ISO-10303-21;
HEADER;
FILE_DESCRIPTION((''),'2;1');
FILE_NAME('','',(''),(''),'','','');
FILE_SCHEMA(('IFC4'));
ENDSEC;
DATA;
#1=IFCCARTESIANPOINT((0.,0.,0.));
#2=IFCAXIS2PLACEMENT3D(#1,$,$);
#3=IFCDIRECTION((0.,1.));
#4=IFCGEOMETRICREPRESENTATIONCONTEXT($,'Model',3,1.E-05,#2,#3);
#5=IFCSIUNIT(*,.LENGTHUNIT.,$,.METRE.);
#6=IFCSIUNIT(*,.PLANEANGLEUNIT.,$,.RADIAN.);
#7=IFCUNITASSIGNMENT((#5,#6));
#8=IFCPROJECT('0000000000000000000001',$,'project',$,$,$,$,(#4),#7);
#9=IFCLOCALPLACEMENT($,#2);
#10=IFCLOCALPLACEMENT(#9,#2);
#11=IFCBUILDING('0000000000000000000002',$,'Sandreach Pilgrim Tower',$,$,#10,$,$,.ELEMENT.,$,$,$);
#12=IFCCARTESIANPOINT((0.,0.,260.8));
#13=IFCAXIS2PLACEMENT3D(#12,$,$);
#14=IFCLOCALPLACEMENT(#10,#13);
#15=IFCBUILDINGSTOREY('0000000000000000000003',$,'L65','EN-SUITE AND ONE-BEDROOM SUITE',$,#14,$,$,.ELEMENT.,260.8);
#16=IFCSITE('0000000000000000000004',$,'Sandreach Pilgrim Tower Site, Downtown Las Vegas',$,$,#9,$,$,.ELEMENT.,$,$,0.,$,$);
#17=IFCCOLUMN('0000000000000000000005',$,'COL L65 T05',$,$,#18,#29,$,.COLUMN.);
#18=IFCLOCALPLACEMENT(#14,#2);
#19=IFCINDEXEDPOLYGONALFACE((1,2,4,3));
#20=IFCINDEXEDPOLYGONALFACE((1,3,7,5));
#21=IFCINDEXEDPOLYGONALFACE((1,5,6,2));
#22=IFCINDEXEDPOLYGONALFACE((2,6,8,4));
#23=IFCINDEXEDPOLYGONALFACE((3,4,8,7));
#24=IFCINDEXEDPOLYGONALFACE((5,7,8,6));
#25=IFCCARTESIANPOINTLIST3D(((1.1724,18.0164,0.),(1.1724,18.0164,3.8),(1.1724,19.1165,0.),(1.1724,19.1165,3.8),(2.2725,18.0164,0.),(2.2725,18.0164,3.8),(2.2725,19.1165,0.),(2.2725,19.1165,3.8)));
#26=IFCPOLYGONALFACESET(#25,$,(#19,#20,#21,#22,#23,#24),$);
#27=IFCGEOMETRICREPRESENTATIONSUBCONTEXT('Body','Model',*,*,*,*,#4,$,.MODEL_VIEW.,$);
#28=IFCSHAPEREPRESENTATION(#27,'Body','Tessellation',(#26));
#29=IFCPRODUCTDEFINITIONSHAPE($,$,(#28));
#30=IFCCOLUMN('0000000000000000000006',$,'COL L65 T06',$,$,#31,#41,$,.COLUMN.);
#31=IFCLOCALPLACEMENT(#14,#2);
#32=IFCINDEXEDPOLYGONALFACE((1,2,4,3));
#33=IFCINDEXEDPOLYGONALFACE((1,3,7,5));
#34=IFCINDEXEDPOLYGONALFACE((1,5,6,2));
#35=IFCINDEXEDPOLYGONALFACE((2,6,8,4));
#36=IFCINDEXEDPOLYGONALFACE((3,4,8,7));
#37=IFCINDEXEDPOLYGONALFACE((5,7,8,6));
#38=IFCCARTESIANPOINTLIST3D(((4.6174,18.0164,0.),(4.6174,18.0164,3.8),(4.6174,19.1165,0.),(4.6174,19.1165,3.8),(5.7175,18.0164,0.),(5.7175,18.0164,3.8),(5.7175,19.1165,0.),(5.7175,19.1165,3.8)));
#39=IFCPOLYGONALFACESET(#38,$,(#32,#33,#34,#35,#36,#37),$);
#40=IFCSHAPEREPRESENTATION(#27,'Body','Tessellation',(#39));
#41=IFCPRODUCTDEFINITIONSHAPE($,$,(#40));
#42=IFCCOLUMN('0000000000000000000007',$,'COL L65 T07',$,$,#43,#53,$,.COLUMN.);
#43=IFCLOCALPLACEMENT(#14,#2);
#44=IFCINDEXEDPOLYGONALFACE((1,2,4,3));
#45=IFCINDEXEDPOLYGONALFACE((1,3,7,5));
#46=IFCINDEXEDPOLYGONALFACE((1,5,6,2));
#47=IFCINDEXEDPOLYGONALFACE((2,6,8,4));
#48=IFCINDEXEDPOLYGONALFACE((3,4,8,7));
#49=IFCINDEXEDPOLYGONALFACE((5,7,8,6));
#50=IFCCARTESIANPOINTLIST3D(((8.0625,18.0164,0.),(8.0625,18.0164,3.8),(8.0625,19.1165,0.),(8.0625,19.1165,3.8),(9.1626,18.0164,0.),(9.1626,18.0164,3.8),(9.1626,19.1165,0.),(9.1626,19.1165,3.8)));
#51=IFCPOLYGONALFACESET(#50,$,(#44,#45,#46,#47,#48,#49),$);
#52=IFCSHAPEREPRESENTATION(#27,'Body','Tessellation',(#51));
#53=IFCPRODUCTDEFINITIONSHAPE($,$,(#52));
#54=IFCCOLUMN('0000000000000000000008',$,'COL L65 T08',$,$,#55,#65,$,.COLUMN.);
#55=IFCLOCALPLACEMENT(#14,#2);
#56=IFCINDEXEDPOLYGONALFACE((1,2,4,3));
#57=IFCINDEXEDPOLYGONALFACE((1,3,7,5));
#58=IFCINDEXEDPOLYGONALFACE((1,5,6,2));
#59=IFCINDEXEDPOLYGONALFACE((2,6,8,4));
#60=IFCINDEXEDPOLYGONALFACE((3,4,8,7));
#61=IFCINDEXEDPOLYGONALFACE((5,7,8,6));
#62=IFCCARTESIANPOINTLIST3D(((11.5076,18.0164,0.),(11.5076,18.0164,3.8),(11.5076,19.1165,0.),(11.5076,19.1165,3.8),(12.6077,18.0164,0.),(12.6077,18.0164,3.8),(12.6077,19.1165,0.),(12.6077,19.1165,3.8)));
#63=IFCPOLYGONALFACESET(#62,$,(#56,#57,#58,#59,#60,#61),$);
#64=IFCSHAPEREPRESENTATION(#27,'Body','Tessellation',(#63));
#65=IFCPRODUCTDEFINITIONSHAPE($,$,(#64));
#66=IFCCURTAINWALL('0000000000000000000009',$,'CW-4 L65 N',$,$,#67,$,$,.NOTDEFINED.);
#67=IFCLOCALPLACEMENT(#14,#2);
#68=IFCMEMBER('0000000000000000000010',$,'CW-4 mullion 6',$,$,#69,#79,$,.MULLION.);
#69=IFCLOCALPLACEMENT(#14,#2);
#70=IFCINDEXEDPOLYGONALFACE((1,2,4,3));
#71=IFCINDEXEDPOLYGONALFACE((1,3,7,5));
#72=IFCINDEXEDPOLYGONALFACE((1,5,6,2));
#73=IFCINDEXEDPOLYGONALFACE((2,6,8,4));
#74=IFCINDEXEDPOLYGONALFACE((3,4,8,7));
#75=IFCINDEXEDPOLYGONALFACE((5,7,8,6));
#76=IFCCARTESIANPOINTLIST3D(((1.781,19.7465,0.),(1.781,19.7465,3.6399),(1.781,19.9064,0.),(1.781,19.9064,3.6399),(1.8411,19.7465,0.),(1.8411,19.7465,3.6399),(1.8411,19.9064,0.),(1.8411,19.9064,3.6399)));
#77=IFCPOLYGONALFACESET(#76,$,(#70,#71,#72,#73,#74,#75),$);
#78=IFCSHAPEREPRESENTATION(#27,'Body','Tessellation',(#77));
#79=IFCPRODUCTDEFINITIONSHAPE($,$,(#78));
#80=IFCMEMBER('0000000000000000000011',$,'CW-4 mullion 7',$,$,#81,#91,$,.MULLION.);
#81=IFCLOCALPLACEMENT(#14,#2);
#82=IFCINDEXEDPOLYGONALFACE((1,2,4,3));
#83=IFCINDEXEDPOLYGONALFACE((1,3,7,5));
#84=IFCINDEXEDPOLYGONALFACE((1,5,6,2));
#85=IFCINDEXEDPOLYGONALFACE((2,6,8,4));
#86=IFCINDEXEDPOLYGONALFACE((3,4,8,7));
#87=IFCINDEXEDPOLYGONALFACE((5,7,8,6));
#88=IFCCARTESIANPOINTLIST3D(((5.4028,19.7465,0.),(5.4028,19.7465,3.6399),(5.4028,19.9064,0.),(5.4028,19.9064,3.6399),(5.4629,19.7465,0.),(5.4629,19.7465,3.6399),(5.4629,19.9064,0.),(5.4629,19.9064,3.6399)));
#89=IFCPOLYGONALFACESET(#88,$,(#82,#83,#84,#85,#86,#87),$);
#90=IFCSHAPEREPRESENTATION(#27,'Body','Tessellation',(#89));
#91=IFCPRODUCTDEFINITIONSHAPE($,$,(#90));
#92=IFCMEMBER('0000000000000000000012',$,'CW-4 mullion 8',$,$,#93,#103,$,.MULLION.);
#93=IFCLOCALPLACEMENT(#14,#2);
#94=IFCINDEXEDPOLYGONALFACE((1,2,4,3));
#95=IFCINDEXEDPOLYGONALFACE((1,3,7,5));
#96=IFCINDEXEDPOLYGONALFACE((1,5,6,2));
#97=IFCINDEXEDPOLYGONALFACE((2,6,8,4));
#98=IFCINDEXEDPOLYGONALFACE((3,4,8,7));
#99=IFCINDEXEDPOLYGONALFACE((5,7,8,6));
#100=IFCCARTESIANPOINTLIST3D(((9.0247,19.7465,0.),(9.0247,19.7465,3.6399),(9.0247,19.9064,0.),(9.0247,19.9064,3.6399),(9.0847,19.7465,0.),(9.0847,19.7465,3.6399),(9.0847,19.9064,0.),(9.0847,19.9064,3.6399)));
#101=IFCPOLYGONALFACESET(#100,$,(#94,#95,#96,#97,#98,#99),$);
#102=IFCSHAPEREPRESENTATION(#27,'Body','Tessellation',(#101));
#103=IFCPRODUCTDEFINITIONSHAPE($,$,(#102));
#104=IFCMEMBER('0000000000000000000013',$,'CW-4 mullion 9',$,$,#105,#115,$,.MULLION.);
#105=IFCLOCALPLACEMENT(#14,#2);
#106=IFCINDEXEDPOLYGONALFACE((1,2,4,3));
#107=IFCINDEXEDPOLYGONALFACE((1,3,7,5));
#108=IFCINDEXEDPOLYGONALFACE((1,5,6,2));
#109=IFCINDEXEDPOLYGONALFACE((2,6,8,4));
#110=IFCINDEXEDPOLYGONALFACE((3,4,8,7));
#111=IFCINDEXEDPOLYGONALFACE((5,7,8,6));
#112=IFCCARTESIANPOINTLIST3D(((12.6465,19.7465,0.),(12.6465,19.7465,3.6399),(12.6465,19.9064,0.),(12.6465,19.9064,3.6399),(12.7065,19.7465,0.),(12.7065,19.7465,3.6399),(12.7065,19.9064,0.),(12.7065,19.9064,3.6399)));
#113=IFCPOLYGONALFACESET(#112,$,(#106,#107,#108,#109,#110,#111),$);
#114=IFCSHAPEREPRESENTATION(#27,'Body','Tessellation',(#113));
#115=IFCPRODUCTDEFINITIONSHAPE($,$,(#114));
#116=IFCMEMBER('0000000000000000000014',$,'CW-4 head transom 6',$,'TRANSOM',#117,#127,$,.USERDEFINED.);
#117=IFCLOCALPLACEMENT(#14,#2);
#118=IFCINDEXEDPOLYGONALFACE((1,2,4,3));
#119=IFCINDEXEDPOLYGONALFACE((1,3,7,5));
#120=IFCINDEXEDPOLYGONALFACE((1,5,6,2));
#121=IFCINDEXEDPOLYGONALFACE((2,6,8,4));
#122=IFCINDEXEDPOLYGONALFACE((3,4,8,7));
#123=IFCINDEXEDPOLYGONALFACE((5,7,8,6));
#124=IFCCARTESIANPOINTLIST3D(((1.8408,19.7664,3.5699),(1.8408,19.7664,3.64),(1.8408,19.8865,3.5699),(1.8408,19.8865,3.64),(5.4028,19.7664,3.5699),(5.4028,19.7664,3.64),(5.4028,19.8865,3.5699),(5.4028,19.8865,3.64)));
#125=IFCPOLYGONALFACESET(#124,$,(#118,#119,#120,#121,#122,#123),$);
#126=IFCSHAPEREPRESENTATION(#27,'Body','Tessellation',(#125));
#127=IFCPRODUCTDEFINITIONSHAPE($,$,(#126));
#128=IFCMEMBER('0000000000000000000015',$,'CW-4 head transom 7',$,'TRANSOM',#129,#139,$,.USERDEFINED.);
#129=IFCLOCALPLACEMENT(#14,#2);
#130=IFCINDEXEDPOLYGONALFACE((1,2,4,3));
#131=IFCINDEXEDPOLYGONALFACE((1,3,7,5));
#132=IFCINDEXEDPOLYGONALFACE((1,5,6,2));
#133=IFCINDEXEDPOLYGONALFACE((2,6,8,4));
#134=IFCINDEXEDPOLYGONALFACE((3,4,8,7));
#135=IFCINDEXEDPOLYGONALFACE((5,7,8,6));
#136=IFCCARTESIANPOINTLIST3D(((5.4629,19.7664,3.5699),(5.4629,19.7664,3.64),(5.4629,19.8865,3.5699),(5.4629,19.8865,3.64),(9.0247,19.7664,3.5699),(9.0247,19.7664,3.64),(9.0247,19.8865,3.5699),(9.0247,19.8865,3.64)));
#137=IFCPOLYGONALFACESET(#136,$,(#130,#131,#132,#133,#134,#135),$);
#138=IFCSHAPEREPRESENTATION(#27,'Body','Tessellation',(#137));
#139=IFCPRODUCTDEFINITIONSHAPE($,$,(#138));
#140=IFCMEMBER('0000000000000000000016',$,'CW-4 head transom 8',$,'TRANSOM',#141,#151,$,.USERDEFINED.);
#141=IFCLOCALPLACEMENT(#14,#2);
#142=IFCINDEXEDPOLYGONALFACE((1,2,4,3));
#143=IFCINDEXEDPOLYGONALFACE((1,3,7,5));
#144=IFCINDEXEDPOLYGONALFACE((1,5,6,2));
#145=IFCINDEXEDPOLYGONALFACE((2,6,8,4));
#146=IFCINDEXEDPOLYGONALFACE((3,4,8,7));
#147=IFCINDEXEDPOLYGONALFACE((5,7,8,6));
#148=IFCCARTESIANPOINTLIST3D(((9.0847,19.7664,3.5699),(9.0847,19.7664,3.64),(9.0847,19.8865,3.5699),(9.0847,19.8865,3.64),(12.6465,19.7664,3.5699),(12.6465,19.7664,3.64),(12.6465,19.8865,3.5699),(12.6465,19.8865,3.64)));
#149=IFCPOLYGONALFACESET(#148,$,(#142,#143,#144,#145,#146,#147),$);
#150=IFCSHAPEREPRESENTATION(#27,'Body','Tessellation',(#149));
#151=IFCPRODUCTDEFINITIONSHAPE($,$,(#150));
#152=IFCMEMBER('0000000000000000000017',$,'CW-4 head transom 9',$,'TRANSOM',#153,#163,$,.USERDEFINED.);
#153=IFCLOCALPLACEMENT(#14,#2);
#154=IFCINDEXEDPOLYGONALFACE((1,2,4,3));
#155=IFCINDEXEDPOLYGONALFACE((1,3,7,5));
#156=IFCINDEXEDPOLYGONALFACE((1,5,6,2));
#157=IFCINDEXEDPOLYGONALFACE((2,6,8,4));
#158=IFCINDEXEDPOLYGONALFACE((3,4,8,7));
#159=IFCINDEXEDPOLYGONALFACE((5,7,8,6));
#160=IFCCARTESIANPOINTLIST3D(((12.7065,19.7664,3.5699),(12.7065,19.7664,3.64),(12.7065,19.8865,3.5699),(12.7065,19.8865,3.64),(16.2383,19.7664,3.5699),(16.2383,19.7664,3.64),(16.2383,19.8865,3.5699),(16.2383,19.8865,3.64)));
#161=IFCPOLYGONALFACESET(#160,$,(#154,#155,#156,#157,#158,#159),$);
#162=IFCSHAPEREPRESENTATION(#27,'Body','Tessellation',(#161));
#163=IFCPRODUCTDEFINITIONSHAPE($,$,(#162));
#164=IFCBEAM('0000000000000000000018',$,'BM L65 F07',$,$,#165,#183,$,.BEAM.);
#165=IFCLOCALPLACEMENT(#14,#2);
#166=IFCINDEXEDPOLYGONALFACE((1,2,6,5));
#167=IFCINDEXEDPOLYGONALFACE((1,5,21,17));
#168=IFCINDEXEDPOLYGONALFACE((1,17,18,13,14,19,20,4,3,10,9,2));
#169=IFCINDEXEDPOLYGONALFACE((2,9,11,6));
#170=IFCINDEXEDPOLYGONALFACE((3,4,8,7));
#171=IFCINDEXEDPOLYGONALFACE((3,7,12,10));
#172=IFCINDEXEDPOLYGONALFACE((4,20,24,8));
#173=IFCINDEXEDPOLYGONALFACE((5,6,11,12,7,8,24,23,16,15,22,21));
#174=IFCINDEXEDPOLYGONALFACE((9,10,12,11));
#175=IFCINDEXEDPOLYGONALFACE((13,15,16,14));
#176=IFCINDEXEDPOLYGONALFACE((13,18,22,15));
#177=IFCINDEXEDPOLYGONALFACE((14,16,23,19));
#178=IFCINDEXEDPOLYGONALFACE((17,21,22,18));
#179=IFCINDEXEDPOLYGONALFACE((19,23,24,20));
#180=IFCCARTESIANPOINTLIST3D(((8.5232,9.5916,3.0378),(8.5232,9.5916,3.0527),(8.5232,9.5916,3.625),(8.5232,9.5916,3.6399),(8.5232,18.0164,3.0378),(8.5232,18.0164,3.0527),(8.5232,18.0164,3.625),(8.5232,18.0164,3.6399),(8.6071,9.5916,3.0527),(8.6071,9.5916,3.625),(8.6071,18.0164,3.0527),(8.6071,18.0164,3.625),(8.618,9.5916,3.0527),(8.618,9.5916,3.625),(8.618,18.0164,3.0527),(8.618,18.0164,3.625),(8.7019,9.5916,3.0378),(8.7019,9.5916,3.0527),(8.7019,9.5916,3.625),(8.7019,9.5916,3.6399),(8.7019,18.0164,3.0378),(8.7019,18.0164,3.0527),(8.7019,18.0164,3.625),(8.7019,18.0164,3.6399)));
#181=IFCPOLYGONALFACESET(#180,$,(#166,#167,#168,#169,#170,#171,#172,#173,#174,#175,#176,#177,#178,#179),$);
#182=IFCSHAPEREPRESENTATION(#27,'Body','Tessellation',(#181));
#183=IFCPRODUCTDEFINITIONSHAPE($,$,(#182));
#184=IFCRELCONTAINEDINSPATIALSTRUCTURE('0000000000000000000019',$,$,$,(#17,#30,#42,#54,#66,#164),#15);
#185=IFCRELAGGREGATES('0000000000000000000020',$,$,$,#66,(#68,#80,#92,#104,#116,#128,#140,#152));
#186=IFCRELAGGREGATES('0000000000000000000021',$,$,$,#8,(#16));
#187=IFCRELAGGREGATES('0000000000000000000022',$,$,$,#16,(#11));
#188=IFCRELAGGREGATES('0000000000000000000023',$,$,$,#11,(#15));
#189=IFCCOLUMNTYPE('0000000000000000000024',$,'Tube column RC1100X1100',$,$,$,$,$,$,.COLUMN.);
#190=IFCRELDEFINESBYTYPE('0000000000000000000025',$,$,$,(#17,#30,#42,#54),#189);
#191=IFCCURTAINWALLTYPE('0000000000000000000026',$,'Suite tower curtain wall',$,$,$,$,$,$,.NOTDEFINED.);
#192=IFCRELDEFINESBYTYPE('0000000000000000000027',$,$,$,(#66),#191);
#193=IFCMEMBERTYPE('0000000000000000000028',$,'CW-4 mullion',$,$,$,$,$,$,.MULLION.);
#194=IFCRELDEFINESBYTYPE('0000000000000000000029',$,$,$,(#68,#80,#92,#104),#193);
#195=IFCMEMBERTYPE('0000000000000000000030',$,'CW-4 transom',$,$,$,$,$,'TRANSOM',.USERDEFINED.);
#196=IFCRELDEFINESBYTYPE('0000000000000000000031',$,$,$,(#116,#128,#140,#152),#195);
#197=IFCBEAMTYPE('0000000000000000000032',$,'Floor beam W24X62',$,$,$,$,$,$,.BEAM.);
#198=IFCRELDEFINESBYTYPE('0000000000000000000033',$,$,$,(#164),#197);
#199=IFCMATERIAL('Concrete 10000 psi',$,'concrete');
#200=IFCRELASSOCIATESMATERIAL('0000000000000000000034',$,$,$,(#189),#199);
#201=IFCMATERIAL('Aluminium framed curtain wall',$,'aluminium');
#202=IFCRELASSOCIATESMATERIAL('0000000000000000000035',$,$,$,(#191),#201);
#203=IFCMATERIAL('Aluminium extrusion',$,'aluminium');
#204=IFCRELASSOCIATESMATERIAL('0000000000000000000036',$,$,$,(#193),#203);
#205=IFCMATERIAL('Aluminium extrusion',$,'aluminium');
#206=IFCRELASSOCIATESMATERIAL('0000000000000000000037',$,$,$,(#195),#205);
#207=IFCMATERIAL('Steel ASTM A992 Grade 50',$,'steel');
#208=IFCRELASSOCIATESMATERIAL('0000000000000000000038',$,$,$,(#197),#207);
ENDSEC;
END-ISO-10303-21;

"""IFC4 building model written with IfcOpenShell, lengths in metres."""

from ifc_helpers import new_model, si_unit, direction, frame, origin, origin_2d, place, context, subcontext, project, spatial, rectangle, i_section, extrude, material, material_profile, profile_set, type_object, element, aggregate, save


model = new_model("IFC4")

# Units and contexts
model_context = context("Model", 3, precision=1e-05, world=origin(), true_north=direction((0.0, 1.0)))
body_context = subcontext(model_context, "Body", "Model", "MODEL_VIEW")
ifc_project = project(units=[si_unit("LENGTHUNIT", "METRE"), si_unit("PLANEANGLEUNIT", "RADIAN")], contexts=[model_context])

# Site, building, storey
site_placement = place(None, origin())
site = spatial("IfcSite", under=ifc_project, at=site_placement, Name="Sandreach Pilgrim Tower Site, Downtown Las Vegas", CompositionType="ELEMENT", RefElevation=0.0)
building_placement = place(site_placement, origin())
building = spatial("IfcBuilding", under=site, at=building_placement, Name="Sandreach Pilgrim Tower", CompositionType="ELEMENT")
storey_placement = place(building_placement, frame((0.0, 0.0, 260.8)))
storey = spatial("IfcBuildingStorey", under=building, at=storey_placement, Name="L65", Description="EN-SUITE AND ONE-BEDROOM SUITE", CompositionType="ELEMENT", Elevation=260.8)

# Columns
ifc_material_1 = material(Name="Concrete 10000 psi", Category="concrete")
ifc_material_profile_1 = material_profile(ifc_material_1, rectangle(XDim=1.1001, YDim=1.1001, at=origin_2d()), Name="RC1100X1100")
ifc_profile_set_1 = profile_set([ifc_material_profile_1], Name="Concrete 10000 psi")
column_type = type_object("IfcColumnType", Name="Tube column RC1100X1100", PredefinedType="COLUMN", material=ifc_profile_set_1)
for number, where, z_axis, x_axis, name in (
    (1, (1.7224, 18.5664, 0.0), (0.0, 0.0, 1.0), (0.0, 1.0, 0.0), "COL L65 T05"),
    (2, (5.1675, 18.5664, 0.0), (0.0, 0.0, 1.0), (0.0, 1.0, 0.0), "COL L65 T06"),
    (3, (8.6125, 18.5664, 0.0), (0.0, 0.0, 1.0), (0.0, 1.0, 0.0), "COL L65 T07"),
    (4, (12.0576, 18.5664, 0.0), (0.0, 0.0, 1.0), (0.0, 1.0, 0.0), "COL L65 T08"),
):
    element("IfcColumn", number, at=place(storey_placement, frame(where, z_axis=z_axis, x_axis=x_axis)), inside=storey, type_object=column_type, Name=name, PredefinedType="COLUMN", context=body_context, shape_type="SweptSolid", body=[
        extrude(rectangle(XDim=1.1001, YDim=1.1001, at=origin_2d()), origin(), (0.0, 0.0, 1.0), 3.8),
    ])

# Curtain wall, members
ifc_material_2 = material(Name="Aluminium framed curtain wall", Category="aluminium")
curtain_wall_type = type_object("IfcCurtainWallType", Name="Suite tower curtain wall", PredefinedType="NOTDEFINED", material=ifc_material_2)
curtain_wall_placement = place(storey_placement, origin())
curtain_wall = element("IfcCurtainWall", 5, at=curtain_wall_placement, inside=storey, type_object=curtain_wall_type, Name="CW-4 L65 N", PredefinedType="NOTDEFINED")
ifc_material_3 = material(Name="Aluminium extrusion", Category="aluminium")
ifc_material_profile_2 = material_profile(ifc_material_3, rectangle(XDim=0.0601, YDim=0.1599, at=origin_2d()), Name="CW-4M 60X160")
ifc_profile_set_2 = profile_set([ifc_material_profile_2], Name="Aluminium extrusion")
member_type_1 = type_object("IfcMemberType", Name="CW-4 mullion", PredefinedType="MULLION", material=ifc_profile_set_2)
member_1_placement = place(storey_placement, frame((1.811, 19.8264, 0.0), z_axis=(0.0, 0.0, 1.0), x_axis=(1.0, 0.0, 0.0)))
member_1 = element("IfcMember", 6, at=member_1_placement, type_object=member_type_1, Name="CW-4 mullion 6", PredefinedType="MULLION", context=body_context, shape_type="SweptSolid", body=[
    extrude(rectangle(XDim=0.0601, YDim=0.1599, at=origin_2d()), origin(), (0.0, 0.0, 1.0), 3.6399),
])
member_2_placement = place(storey_placement, frame((5.4329, 19.8264, 0.0), z_axis=(0.0, 0.0, 1.0), x_axis=(1.0, 0.0, 0.0)))
member_2 = element("IfcMember", 7, at=member_2_placement, type_object=member_type_1, Name="CW-4 mullion 7", PredefinedType="MULLION", context=body_context, shape_type="SweptSolid", body=[
    extrude(rectangle(XDim=0.0601, YDim=0.1599, at=origin_2d()), origin(), (0.0, 0.0, 1.0), 3.6399),
])
member_3_placement = place(storey_placement, frame((9.0547, 19.8264, 0.0), z_axis=(0.0, 0.0, 1.0), x_axis=(1.0, 0.0, 0.0)))
member_3 = element("IfcMember", 8, at=member_3_placement, type_object=member_type_1, Name="CW-4 mullion 8", PredefinedType="MULLION", context=body_context, shape_type="SweptSolid", body=[
    extrude(rectangle(XDim=0.0601, YDim=0.1599, at=origin_2d()), origin(), (0.0, 0.0, 1.0), 3.6399),
])
member_4_placement = place(storey_placement, frame((12.6765, 19.8264, 0.0), z_axis=(0.0, 0.0, 1.0), x_axis=(1.0, 0.0, 0.0)))
member_4 = element("IfcMember", 9, at=member_4_placement, type_object=member_type_1, Name="CW-4 mullion 9", PredefinedType="MULLION", context=body_context, shape_type="SweptSolid", body=[
    extrude(rectangle(XDim=0.0601, YDim=0.1599, at=origin_2d()), origin(), (0.0, 0.0, 1.0), 3.6399),
])
ifc_material_4 = material(Name="Aluminium extrusion", Category="aluminium")
ifc_material_profile_3 = material_profile(ifc_material_4, rectangle(XDim=0.1201, YDim=0.0701, at=origin_2d()), Name="CW-4T 120X70")
ifc_profile_set_3 = profile_set([ifc_material_profile_3], Name="Aluminium extrusion")
member_type_2 = type_object("IfcMemberType", Name="CW-4 transom", ElementType="TRANSOM", PredefinedType="USERDEFINED", material=ifc_profile_set_3)
member_5_placement = place(storey_placement, frame((1.8408, 19.8264, 3.605), z_axis=(1.0, 0.0, 0.0), x_axis=(0.0, 1.0, 0.0)))
member_5 = element("IfcMember", 10, at=member_5_placement, type_object=member_type_2, Name="CW-4 head transom 6", ObjectType="TRANSOM", PredefinedType="USERDEFINED", context=body_context, shape_type="SweptSolid", body=[
    extrude(rectangle(XDim=0.1201, YDim=0.0701, at=origin_2d()), origin(), (0.0, 0.0, 1.0), 3.562),
])
member_6_placement = place(storey_placement, frame((5.4629, 19.8264, 3.605), z_axis=(1.0, 0.0, 0.0), x_axis=(0.0, 1.0, 0.0)))
member_6 = element("IfcMember", 11, at=member_6_placement, type_object=member_type_2, Name="CW-4 head transom 7", ObjectType="TRANSOM", PredefinedType="USERDEFINED", context=body_context, shape_type="SweptSolid", body=[
    extrude(rectangle(XDim=0.1201, YDim=0.0701, at=origin_2d()), origin(), (0.0, 0.0, 1.0), 3.5618),
])
member_7_placement = place(storey_placement, frame((9.0847, 19.8264, 3.605), z_axis=(1.0, 0.0, 0.0), x_axis=(0.0, 1.0, 0.0)))
member_7 = element("IfcMember", 12, at=member_7_placement, type_object=member_type_2, Name="CW-4 head transom 8", ObjectType="TRANSOM", PredefinedType="USERDEFINED", context=body_context, shape_type="SweptSolid", body=[
    extrude(rectangle(XDim=0.1201, YDim=0.0701, at=origin_2d()), origin(), (0.0, 0.0, 1.0), 3.5618),
])
member_8_placement = place(storey_placement, frame((12.7065, 19.8264, 3.605), z_axis=(1.0, 0.0, 0.0), x_axis=(0.0, 1.0, 0.0)))
member_8 = element("IfcMember", 13, at=member_8_placement, type_object=member_type_2, Name="CW-4 head transom 9", ObjectType="TRANSOM", PredefinedType="USERDEFINED", context=body_context, shape_type="SweptSolid", body=[
    extrude(rectangle(XDim=0.1201, YDim=0.0701, at=origin_2d()), origin(), (0.0, 0.0, 1.0), 3.5317),
])

# Beam
ifc_material_5 = material(Name="Steel ASTM A992 Grade 50", Category="steel")
ifc_material_profile_4 = material_profile(ifc_material_5, i_section(OverallWidth=0.1787, OverallDepth=0.6021, WebThickness=0.011, FlangeThickness=0.0149, at=origin_2d()), Name="W24X62")
ifc_profile_set_4 = profile_set([ifc_material_profile_4], Name="Steel ASTM A992 Grade 50")
beam_type_1 = type_object("IfcBeamType", Name="Floor beam W24X62", PredefinedType="BEAM", material=ifc_profile_set_4)
beam_1_placement = place(storey_placement, frame((8.6125, 18.0164, 3.3389), z_axis=(0.0, -1.0, 0.0), x_axis=(1.0, 0.0, 0.0)))
element("IfcBeam", 14, at=beam_1_placement, inside=storey, type_object=beam_type_1, Name="BM L65 F07", PredefinedType="BEAM", context=body_context, shape_type="SweptSolid", body=[
    extrude(i_section(OverallWidth=0.1787, OverallDepth=0.6021, WebThickness=0.011, FlangeThickness=0.0149, at=origin_2d()), origin(), (0.0, 0.0, 1.0), 8.4248),
])

aggregate(curtain_wall, [member_1, member_2, member_3, member_4, member_5, member_6, member_7, member_8])

save(model, "model.ifc")
